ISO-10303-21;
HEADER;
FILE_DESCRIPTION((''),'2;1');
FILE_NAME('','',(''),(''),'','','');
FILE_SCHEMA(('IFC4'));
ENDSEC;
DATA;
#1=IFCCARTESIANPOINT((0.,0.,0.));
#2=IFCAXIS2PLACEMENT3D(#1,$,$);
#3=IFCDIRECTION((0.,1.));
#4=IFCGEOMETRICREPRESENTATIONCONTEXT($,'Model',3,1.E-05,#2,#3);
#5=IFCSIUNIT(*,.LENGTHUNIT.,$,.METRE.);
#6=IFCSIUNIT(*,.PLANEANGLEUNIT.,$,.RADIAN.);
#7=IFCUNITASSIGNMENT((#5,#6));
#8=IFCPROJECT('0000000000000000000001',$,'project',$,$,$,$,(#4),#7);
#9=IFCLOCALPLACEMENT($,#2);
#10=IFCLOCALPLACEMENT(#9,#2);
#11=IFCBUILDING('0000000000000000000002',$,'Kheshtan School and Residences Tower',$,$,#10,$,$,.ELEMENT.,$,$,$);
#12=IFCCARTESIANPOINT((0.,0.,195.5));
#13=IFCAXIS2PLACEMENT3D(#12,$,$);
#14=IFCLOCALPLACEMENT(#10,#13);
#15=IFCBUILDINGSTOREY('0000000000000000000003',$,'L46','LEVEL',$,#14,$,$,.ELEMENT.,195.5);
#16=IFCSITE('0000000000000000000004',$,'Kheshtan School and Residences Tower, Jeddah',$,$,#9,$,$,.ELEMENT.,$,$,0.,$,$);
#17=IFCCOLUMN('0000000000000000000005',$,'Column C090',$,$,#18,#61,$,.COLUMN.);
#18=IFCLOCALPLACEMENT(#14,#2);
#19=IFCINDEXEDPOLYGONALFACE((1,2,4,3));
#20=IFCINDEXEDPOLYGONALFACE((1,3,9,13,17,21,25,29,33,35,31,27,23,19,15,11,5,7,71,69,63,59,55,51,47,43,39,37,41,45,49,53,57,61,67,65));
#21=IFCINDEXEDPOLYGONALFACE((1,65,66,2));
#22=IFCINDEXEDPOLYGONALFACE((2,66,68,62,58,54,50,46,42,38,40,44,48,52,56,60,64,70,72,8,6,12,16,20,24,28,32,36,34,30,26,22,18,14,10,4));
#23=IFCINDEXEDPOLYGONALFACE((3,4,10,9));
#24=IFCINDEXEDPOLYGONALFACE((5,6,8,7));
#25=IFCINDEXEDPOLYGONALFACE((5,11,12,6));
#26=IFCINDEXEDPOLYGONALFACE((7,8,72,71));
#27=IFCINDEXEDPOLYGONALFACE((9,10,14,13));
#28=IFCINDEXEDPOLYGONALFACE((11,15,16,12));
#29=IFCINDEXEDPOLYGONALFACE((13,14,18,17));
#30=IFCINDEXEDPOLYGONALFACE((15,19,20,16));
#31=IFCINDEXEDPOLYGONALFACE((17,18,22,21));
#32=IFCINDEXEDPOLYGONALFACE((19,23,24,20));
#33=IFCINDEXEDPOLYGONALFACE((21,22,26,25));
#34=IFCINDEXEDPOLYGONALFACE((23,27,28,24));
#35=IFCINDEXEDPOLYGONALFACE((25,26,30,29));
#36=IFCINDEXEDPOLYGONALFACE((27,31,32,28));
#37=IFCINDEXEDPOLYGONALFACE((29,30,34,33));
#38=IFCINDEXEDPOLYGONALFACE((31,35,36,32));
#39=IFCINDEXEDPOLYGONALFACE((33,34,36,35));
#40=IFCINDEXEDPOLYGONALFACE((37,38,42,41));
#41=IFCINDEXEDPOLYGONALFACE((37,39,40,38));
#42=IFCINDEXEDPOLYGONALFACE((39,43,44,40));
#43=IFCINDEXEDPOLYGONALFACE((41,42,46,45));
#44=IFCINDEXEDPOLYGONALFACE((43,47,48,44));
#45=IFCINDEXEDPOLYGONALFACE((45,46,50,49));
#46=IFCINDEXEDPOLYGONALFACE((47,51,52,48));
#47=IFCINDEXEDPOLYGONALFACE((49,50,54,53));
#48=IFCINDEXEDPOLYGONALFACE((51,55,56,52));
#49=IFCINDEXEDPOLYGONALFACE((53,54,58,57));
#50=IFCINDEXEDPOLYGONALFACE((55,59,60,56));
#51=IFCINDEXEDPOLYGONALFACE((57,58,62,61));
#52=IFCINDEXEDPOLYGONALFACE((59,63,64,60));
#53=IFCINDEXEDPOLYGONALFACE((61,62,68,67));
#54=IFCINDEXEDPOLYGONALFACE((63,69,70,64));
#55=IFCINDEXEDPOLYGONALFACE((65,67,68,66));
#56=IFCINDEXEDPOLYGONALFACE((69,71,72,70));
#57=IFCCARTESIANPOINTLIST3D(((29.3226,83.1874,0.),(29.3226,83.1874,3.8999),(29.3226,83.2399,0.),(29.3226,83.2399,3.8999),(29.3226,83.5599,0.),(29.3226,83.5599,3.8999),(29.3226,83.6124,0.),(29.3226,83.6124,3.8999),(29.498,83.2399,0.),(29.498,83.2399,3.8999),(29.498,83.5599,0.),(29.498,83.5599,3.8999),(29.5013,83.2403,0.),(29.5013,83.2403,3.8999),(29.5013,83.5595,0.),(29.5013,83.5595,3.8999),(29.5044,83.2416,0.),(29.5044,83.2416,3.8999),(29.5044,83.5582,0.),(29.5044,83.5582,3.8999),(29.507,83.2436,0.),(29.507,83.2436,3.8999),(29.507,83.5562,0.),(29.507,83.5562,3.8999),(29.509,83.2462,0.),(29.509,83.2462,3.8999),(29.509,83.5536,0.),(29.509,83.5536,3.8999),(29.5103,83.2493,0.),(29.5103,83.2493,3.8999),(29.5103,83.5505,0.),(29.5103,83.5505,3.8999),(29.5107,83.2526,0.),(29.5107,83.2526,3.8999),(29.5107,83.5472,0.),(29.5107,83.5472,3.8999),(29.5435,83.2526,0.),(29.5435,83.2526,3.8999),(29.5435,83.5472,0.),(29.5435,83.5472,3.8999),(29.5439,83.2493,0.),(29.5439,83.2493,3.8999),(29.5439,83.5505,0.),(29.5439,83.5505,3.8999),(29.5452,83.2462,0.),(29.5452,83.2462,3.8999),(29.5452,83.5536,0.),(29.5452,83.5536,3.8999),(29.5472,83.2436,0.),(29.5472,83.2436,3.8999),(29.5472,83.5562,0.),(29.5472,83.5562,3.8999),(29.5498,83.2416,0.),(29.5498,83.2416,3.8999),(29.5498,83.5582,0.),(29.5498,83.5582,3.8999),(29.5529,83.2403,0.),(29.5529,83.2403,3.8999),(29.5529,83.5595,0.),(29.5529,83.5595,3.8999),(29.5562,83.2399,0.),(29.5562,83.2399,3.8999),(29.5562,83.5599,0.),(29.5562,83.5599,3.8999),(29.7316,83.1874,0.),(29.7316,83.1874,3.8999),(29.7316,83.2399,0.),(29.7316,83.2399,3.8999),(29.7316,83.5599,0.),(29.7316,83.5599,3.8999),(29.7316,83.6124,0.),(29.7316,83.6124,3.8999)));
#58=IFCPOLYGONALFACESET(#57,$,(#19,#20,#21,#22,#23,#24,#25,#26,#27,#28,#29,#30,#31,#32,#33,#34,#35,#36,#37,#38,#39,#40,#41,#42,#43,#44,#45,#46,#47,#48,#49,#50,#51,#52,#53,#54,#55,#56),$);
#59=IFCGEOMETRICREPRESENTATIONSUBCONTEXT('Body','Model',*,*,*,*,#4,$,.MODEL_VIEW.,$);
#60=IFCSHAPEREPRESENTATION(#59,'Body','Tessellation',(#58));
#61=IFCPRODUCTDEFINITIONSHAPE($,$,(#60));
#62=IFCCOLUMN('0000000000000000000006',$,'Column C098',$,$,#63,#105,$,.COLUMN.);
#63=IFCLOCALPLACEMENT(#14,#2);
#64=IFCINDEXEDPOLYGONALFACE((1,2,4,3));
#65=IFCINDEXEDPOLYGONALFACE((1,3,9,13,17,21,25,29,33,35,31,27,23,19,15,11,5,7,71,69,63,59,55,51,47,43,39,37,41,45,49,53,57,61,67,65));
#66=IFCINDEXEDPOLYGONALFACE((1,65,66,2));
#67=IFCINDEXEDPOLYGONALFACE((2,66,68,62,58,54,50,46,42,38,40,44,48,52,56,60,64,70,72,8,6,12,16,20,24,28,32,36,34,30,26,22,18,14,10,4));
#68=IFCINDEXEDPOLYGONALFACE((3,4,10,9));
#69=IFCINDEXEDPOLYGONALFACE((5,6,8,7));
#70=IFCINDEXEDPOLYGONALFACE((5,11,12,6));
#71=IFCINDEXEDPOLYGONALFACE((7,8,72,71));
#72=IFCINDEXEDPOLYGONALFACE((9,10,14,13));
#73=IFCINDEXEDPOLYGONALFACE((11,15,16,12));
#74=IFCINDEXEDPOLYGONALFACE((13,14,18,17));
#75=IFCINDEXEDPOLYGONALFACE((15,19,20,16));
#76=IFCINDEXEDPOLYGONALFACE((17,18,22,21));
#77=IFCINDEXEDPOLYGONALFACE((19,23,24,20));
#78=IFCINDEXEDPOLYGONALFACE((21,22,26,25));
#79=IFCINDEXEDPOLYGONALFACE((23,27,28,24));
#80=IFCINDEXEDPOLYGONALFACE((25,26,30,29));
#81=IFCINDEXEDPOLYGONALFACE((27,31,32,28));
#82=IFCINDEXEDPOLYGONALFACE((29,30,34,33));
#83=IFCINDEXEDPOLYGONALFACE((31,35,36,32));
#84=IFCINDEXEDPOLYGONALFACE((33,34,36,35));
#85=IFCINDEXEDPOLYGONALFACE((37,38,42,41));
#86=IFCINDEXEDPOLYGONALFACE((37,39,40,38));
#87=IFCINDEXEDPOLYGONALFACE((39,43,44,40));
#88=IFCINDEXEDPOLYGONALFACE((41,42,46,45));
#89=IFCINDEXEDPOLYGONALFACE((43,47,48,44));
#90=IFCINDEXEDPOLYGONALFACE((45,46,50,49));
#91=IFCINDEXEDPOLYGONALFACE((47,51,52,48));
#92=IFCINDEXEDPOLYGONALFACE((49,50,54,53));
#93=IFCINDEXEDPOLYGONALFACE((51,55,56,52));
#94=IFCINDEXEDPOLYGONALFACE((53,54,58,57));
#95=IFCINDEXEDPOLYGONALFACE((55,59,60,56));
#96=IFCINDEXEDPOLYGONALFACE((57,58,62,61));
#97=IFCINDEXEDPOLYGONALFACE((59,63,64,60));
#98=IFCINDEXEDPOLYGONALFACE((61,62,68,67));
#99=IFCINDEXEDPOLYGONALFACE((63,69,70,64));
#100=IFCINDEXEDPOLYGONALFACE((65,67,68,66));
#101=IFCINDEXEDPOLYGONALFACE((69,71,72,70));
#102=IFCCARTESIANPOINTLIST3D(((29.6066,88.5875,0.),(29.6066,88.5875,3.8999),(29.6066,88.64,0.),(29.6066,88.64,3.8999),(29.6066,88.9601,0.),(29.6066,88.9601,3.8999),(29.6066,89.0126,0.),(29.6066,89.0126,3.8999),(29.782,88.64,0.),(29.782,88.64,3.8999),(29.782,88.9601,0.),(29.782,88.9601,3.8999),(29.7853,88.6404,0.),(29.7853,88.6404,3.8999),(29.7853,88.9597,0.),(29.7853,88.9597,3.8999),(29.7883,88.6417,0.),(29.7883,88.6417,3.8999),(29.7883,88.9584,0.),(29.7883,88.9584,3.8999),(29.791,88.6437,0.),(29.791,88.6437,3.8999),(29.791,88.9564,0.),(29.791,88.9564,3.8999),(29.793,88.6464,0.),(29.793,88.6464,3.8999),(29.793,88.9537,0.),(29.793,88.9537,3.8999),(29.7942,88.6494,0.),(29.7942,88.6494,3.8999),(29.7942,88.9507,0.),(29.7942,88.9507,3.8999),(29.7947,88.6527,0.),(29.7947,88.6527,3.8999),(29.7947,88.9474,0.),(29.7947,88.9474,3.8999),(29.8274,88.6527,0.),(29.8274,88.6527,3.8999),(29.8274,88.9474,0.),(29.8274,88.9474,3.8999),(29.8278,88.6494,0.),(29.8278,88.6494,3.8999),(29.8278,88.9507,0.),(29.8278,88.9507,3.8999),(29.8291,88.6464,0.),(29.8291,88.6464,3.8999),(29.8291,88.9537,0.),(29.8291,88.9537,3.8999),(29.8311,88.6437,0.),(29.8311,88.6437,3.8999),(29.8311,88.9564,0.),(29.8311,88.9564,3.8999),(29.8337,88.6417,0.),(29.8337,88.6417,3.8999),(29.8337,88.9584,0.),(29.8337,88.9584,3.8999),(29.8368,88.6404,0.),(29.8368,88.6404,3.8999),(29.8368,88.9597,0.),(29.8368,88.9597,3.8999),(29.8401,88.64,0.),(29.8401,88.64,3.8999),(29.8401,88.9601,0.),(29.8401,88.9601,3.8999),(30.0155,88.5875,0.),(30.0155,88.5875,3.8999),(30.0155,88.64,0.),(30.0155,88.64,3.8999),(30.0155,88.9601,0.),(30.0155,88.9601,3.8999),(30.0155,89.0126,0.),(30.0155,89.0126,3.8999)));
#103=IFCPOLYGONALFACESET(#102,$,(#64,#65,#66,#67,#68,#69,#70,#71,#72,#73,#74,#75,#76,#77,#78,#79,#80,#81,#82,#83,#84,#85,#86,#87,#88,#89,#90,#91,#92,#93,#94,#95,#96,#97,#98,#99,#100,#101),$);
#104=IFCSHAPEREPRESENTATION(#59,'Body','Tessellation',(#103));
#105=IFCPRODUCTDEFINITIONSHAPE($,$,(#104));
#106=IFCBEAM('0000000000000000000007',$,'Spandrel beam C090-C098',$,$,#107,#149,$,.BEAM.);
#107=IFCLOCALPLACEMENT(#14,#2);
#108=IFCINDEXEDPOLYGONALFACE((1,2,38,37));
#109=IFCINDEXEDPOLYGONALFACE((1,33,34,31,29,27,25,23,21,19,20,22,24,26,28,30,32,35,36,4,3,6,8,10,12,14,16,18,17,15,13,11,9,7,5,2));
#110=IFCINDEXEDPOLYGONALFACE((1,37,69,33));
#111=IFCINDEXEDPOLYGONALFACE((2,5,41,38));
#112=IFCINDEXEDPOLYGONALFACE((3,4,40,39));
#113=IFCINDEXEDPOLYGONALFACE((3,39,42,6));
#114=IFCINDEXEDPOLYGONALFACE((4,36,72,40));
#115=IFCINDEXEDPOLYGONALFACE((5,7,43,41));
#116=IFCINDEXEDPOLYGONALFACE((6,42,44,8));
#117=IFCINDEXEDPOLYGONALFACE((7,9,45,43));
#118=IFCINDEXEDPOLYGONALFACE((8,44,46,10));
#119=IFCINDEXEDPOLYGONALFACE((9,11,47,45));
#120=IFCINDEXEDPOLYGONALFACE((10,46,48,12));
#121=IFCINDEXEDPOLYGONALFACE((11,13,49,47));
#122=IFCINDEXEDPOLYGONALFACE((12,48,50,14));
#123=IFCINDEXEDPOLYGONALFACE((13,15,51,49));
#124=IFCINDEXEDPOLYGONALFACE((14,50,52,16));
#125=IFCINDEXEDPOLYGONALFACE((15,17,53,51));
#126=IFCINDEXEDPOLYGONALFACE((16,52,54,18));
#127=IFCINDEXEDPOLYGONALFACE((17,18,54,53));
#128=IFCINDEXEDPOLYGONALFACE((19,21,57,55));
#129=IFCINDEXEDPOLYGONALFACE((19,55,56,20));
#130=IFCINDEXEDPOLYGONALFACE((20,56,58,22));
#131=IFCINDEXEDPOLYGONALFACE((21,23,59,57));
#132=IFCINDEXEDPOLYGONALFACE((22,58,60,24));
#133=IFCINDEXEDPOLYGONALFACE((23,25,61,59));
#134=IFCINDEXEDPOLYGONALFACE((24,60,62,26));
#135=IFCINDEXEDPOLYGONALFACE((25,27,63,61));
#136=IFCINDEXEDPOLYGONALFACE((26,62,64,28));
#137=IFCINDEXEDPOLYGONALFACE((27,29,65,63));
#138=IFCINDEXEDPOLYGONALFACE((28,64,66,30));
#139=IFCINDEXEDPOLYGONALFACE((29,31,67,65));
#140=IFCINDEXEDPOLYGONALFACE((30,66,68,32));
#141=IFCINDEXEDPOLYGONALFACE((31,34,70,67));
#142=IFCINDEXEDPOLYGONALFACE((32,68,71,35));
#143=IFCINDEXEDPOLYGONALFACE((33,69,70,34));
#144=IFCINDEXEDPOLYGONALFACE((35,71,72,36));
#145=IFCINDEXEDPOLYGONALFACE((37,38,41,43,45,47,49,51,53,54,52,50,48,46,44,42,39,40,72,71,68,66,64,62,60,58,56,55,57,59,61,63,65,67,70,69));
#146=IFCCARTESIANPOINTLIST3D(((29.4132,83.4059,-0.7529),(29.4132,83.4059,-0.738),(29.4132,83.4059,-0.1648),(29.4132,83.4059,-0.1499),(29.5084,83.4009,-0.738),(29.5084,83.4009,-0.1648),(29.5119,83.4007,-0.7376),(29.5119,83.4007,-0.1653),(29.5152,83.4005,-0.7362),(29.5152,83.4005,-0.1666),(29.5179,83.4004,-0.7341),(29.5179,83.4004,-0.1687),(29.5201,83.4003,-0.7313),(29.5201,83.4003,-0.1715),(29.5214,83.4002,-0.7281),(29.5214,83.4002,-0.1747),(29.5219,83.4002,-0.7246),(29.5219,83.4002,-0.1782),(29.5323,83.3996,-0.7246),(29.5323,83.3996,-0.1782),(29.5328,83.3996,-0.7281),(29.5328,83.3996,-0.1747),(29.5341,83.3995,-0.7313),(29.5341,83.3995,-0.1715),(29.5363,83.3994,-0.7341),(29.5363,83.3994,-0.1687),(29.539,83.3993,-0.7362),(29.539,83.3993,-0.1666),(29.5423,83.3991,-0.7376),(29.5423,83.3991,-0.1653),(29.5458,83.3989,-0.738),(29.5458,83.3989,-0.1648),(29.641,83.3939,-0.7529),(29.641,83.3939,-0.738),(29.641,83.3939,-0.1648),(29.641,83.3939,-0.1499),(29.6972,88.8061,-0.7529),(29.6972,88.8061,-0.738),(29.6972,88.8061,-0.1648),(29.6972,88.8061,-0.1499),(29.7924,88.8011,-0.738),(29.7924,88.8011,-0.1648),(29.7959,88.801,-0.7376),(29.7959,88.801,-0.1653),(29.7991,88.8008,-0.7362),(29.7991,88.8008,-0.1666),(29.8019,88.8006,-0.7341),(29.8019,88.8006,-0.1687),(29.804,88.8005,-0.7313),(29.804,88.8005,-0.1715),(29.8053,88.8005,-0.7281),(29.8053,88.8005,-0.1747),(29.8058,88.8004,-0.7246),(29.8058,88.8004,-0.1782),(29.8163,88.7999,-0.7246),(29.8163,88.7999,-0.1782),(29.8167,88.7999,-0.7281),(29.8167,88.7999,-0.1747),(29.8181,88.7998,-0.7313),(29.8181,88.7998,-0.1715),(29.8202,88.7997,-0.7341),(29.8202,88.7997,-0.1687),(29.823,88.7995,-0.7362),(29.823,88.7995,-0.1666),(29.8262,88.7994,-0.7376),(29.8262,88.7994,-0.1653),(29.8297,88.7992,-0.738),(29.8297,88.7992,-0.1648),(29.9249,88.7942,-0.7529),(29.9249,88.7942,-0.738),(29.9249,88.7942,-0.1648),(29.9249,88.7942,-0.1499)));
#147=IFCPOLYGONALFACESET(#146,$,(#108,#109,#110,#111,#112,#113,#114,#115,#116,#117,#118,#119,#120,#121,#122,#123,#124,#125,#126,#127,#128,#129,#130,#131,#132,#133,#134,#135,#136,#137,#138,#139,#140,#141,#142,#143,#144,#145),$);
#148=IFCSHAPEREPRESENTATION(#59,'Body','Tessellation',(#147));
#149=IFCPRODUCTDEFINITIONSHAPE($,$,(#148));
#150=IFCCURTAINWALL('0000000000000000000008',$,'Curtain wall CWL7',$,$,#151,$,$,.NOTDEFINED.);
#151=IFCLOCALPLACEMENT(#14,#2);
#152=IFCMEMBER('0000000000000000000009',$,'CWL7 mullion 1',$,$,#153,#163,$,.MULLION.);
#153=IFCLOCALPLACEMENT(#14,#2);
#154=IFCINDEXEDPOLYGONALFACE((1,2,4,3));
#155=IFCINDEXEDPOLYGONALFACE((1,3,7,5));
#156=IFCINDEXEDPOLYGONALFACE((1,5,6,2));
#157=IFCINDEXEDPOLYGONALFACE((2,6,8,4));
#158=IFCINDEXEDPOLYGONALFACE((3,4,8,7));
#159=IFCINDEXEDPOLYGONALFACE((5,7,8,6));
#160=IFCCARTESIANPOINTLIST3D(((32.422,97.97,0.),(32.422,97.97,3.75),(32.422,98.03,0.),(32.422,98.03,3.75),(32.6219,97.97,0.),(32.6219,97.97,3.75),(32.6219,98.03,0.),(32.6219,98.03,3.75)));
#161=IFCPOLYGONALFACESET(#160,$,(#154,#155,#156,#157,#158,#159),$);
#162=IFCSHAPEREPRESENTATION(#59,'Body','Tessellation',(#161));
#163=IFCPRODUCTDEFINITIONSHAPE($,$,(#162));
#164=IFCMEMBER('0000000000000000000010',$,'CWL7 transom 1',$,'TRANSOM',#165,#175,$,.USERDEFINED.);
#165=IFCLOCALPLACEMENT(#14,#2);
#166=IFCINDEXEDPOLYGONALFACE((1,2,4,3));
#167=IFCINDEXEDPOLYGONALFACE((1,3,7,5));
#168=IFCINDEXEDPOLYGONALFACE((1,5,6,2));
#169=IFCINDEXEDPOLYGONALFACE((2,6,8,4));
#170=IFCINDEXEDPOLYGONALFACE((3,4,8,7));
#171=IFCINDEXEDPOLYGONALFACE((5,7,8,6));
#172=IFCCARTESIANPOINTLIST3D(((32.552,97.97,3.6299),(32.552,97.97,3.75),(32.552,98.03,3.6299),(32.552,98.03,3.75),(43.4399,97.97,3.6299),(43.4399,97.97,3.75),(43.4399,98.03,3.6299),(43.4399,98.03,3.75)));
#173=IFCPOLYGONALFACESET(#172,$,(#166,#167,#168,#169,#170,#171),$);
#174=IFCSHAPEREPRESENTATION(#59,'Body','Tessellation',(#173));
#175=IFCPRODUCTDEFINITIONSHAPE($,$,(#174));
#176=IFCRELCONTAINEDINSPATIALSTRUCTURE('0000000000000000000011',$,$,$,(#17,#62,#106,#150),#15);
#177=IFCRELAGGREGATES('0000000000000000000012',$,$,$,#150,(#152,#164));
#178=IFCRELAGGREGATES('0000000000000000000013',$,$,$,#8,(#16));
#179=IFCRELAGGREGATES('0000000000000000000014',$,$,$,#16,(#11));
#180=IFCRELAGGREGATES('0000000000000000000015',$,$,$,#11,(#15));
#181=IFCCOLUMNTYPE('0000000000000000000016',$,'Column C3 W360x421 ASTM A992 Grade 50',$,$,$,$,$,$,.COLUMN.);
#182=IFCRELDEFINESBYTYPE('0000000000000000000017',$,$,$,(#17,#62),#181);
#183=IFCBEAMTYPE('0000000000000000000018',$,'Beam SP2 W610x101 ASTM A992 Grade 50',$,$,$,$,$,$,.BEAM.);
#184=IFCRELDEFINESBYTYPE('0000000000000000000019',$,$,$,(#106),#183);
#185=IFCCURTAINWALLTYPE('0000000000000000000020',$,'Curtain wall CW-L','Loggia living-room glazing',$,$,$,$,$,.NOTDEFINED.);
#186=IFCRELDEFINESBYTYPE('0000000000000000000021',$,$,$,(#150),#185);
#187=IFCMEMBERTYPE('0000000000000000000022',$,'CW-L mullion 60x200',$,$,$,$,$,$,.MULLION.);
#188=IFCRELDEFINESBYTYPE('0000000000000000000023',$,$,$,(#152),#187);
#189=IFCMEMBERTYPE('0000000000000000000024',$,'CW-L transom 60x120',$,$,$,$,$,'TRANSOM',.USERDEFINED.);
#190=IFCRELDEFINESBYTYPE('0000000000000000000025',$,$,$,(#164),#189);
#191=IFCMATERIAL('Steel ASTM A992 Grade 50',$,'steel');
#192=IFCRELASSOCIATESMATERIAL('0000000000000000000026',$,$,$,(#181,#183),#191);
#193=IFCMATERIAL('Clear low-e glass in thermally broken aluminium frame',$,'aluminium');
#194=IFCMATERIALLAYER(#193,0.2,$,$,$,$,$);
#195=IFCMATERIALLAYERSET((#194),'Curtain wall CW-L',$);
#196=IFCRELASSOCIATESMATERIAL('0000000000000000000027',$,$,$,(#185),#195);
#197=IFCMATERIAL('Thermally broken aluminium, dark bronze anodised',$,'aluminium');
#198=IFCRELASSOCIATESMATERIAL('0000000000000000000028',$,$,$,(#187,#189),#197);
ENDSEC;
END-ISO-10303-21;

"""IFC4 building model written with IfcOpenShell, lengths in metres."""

from ifc_helpers import new_model, si_unit, direction, frame, origin, origin_2d, place, context, subcontext, project, spatial, rectangle, i_section, extrude, material, layer, layer_set, material_profile, profile_set, type_object, element, aggregate, save


model = new_model("IFC4")

# Units and contexts
model_context = context("Model", 3, precision=1e-05, world=origin(), true_north=direction((0.0, 1.0)))
body_context = subcontext(model_context, "Body", "Model", "MODEL_VIEW")
ifc_project = project(units=[si_unit("LENGTHUNIT", "METRE"), si_unit("PLANEANGLEUNIT", "RADIAN")], contexts=[model_context])

# Site, building, storey
site_placement = place(None, origin())
site = spatial("IfcSite", under=ifc_project, at=site_placement, Name="Kheshtan School and Residences Tower, Jeddah", CompositionType="ELEMENT", RefElevation=0.0)
building_placement = place(site_placement, origin())
building = spatial("IfcBuilding", under=site, at=building_placement, Name="Kheshtan School and Residences Tower", CompositionType="ELEMENT")
storey_placement = place(building_placement, frame((0.0, 0.0, 195.5)))
storey = spatial("IfcBuildingStorey", under=building, at=storey_placement, Name="L46", Description="LEVEL", CompositionType="ELEMENT", Elevation=195.5)

# Columns
ifc_material_1 = material(Name="Steel ASTM A992 Grade 50", Category="steel")
ifc_material_profile_1 = material_profile(ifc_material_1, i_section(OverallWidth=0.4089, OverallDepth=0.425, WebThickness=0.0327, FlangeThickness=0.0525, FilletRadius=0.0127, at=origin_2d()), Name="W360x421")
ifc_profile_set_1 = profile_set([ifc_material_profile_1], Name="Steel ASTM A992 Grade 50")
column_type = type_object("IfcColumnType", Name="Column C3 W360x421 ASTM A992 Grade 50", PredefinedType="COLUMN", material=ifc_profile_set_1)
for number, where, z_axis, x_axis, name in (
    (1, (29.5271, 83.3999, 0.0), (0.0, 0.0, 1.0), (1.0, 0.0, 0.0), "Column C090"),
    (2, (29.811, 88.8, 0.0), (0.0, 0.0, 1.0), (1.0, 0.0, 0.0), "Column C098"),
):
    element("IfcColumn", number, at=place(storey_placement, frame(where, z_axis=z_axis, x_axis=x_axis)), inside=storey, type_object=column_type, Name=name, PredefinedType="COLUMN", context=body_context, shape_type="SweptSolid", body=[
        extrude(i_section(OverallWidth=0.4089, OverallDepth=0.425, WebThickness=0.0327, FlangeThickness=0.0525, FilletRadius=0.0127, at=origin_2d()), origin(), (0.0, 0.0, 1.0), 3.8999),
    ])

# Beam
ifc_material_profile_2 = material_profile(ifc_material_1, i_section(OverallWidth=0.228, OverallDepth=0.603, WebThickness=0.0105, FlangeThickness=0.0149, FilletRadius=0.0134, at=origin_2d()), Name="W610x101")
ifc_profile_set_2 = profile_set([ifc_material_profile_2], Name="Steel ASTM A992 Grade 50")
beam_type_1 = type_object("IfcBeamType", Name="Beam SP2 W610x101 ASTM A992 Grade 50", PredefinedType="BEAM", material=ifc_profile_set_2)
beam_1_placement = place(storey_placement, frame((29.5271, 83.3999, -0.4514), z_axis=(0.052507, 0.998621, 0.0), x_axis=(-0.998621, 0.052507, 0.0)))
element("IfcBeam", 3, at=beam_1_placement, inside=storey, type_object=beam_type_1, Name="Spandrel beam C090-C098", PredefinedType="BEAM", context=body_context, shape_type="SweptSolid", body=[
    extrude(i_section(OverallWidth=0.228, OverallDepth=0.603, WebThickness=0.0105, FlangeThickness=0.0149, FilletRadius=0.0134, at=origin_2d()), origin(), (0.0, 0.0, 1.0), 5.4077),
])

# Curtain wall, members
ifc_material_2 = material(Name="Clear low-e glass in thermally broken aluminium frame", Category="aluminium")
ifc_layer_1 = layer(ifc_material_2, 0.2)
ifc_layer_set_1 = layer_set([ifc_layer_1], Name="Curtain wall CW-L")
curtain_wall_type = type_object("IfcCurtainWallType", Name="Curtain wall CW-L", Description="Loggia living-room glazing", PredefinedType="NOTDEFINED", material=ifc_layer_set_1)
curtain_wall_placement = place(storey_placement, origin())
curtain_wall = element("IfcCurtainWall", 4, at=curtain_wall_placement, inside=storey, type_object=curtain_wall_type, Name="Curtain wall CWL7", PredefinedType="NOTDEFINED")
ifc_material_3 = material(Name="Thermally broken aluminium, dark bronze anodised", Category="aluminium")
ifc_material_profile_3 = material_profile(ifc_material_3, rectangle(XDim=0.0601, YDim=0.2, at=origin_2d()), Name="CW-L mullion 60x200")
ifc_profile_set_3 = profile_set([ifc_material_profile_3], Name="Thermally broken aluminium, dark bronze anodised")
member_type_1 = type_object("IfcMemberType", Name="CW-L mullion 60x200", PredefinedType="MULLION", material=ifc_profile_set_3)
member_1_placement = place(storey_placement, frame((32.522, 98.0, 0.0), z_axis=(0.0, 0.0, 1.0), x_axis=(0.0, 1.0, 0.0)))
member_1 = element("IfcMember", 5, at=member_1_placement, type_object=member_type_1, Name="CWL7 mullion 1", PredefinedType="MULLION", context=body_context, shape_type="SweptSolid", body=[
    extrude(rectangle(XDim=0.0601, YDim=0.2, at=origin_2d()), origin(), (0.0, 0.0, 1.0), 3.75),
])
ifc_material_profile_4 = material_profile(ifc_material_3, rectangle(XDim=0.0601, YDim=0.1201, at=origin_2d()), Name="CW-L transom 60x120")
ifc_profile_set_4 = profile_set([ifc_material_profile_4], Name="Thermally broken aluminium, dark bronze anodised")
member_type_2 = type_object("IfcMemberType", Name="CW-L transom 60x120", ElementType="TRANSOM", PredefinedType="USERDEFINED", material=ifc_profile_set_4)
member_2_placement = place(storey_placement, frame((32.552, 98.0, 3.6899), z_axis=(1.0, 0.0, 0.0), x_axis=(0.0, 1.0, 0.0)))
member_2 = element("IfcMember", 6, at=member_2_placement, type_object=member_type_2, Name="CWL7 transom 1", ObjectType="TRANSOM", PredefinedType="USERDEFINED", context=body_context, shape_type="SweptSolid", body=[
    extrude(rectangle(XDim=0.0601, YDim=0.1201, at=origin_2d()), origin(), (0.0, 0.0, 1.0), 10.8879),
])

aggregate(curtain_wall, [member_1, member_2])

save(model, "model.ifc")
